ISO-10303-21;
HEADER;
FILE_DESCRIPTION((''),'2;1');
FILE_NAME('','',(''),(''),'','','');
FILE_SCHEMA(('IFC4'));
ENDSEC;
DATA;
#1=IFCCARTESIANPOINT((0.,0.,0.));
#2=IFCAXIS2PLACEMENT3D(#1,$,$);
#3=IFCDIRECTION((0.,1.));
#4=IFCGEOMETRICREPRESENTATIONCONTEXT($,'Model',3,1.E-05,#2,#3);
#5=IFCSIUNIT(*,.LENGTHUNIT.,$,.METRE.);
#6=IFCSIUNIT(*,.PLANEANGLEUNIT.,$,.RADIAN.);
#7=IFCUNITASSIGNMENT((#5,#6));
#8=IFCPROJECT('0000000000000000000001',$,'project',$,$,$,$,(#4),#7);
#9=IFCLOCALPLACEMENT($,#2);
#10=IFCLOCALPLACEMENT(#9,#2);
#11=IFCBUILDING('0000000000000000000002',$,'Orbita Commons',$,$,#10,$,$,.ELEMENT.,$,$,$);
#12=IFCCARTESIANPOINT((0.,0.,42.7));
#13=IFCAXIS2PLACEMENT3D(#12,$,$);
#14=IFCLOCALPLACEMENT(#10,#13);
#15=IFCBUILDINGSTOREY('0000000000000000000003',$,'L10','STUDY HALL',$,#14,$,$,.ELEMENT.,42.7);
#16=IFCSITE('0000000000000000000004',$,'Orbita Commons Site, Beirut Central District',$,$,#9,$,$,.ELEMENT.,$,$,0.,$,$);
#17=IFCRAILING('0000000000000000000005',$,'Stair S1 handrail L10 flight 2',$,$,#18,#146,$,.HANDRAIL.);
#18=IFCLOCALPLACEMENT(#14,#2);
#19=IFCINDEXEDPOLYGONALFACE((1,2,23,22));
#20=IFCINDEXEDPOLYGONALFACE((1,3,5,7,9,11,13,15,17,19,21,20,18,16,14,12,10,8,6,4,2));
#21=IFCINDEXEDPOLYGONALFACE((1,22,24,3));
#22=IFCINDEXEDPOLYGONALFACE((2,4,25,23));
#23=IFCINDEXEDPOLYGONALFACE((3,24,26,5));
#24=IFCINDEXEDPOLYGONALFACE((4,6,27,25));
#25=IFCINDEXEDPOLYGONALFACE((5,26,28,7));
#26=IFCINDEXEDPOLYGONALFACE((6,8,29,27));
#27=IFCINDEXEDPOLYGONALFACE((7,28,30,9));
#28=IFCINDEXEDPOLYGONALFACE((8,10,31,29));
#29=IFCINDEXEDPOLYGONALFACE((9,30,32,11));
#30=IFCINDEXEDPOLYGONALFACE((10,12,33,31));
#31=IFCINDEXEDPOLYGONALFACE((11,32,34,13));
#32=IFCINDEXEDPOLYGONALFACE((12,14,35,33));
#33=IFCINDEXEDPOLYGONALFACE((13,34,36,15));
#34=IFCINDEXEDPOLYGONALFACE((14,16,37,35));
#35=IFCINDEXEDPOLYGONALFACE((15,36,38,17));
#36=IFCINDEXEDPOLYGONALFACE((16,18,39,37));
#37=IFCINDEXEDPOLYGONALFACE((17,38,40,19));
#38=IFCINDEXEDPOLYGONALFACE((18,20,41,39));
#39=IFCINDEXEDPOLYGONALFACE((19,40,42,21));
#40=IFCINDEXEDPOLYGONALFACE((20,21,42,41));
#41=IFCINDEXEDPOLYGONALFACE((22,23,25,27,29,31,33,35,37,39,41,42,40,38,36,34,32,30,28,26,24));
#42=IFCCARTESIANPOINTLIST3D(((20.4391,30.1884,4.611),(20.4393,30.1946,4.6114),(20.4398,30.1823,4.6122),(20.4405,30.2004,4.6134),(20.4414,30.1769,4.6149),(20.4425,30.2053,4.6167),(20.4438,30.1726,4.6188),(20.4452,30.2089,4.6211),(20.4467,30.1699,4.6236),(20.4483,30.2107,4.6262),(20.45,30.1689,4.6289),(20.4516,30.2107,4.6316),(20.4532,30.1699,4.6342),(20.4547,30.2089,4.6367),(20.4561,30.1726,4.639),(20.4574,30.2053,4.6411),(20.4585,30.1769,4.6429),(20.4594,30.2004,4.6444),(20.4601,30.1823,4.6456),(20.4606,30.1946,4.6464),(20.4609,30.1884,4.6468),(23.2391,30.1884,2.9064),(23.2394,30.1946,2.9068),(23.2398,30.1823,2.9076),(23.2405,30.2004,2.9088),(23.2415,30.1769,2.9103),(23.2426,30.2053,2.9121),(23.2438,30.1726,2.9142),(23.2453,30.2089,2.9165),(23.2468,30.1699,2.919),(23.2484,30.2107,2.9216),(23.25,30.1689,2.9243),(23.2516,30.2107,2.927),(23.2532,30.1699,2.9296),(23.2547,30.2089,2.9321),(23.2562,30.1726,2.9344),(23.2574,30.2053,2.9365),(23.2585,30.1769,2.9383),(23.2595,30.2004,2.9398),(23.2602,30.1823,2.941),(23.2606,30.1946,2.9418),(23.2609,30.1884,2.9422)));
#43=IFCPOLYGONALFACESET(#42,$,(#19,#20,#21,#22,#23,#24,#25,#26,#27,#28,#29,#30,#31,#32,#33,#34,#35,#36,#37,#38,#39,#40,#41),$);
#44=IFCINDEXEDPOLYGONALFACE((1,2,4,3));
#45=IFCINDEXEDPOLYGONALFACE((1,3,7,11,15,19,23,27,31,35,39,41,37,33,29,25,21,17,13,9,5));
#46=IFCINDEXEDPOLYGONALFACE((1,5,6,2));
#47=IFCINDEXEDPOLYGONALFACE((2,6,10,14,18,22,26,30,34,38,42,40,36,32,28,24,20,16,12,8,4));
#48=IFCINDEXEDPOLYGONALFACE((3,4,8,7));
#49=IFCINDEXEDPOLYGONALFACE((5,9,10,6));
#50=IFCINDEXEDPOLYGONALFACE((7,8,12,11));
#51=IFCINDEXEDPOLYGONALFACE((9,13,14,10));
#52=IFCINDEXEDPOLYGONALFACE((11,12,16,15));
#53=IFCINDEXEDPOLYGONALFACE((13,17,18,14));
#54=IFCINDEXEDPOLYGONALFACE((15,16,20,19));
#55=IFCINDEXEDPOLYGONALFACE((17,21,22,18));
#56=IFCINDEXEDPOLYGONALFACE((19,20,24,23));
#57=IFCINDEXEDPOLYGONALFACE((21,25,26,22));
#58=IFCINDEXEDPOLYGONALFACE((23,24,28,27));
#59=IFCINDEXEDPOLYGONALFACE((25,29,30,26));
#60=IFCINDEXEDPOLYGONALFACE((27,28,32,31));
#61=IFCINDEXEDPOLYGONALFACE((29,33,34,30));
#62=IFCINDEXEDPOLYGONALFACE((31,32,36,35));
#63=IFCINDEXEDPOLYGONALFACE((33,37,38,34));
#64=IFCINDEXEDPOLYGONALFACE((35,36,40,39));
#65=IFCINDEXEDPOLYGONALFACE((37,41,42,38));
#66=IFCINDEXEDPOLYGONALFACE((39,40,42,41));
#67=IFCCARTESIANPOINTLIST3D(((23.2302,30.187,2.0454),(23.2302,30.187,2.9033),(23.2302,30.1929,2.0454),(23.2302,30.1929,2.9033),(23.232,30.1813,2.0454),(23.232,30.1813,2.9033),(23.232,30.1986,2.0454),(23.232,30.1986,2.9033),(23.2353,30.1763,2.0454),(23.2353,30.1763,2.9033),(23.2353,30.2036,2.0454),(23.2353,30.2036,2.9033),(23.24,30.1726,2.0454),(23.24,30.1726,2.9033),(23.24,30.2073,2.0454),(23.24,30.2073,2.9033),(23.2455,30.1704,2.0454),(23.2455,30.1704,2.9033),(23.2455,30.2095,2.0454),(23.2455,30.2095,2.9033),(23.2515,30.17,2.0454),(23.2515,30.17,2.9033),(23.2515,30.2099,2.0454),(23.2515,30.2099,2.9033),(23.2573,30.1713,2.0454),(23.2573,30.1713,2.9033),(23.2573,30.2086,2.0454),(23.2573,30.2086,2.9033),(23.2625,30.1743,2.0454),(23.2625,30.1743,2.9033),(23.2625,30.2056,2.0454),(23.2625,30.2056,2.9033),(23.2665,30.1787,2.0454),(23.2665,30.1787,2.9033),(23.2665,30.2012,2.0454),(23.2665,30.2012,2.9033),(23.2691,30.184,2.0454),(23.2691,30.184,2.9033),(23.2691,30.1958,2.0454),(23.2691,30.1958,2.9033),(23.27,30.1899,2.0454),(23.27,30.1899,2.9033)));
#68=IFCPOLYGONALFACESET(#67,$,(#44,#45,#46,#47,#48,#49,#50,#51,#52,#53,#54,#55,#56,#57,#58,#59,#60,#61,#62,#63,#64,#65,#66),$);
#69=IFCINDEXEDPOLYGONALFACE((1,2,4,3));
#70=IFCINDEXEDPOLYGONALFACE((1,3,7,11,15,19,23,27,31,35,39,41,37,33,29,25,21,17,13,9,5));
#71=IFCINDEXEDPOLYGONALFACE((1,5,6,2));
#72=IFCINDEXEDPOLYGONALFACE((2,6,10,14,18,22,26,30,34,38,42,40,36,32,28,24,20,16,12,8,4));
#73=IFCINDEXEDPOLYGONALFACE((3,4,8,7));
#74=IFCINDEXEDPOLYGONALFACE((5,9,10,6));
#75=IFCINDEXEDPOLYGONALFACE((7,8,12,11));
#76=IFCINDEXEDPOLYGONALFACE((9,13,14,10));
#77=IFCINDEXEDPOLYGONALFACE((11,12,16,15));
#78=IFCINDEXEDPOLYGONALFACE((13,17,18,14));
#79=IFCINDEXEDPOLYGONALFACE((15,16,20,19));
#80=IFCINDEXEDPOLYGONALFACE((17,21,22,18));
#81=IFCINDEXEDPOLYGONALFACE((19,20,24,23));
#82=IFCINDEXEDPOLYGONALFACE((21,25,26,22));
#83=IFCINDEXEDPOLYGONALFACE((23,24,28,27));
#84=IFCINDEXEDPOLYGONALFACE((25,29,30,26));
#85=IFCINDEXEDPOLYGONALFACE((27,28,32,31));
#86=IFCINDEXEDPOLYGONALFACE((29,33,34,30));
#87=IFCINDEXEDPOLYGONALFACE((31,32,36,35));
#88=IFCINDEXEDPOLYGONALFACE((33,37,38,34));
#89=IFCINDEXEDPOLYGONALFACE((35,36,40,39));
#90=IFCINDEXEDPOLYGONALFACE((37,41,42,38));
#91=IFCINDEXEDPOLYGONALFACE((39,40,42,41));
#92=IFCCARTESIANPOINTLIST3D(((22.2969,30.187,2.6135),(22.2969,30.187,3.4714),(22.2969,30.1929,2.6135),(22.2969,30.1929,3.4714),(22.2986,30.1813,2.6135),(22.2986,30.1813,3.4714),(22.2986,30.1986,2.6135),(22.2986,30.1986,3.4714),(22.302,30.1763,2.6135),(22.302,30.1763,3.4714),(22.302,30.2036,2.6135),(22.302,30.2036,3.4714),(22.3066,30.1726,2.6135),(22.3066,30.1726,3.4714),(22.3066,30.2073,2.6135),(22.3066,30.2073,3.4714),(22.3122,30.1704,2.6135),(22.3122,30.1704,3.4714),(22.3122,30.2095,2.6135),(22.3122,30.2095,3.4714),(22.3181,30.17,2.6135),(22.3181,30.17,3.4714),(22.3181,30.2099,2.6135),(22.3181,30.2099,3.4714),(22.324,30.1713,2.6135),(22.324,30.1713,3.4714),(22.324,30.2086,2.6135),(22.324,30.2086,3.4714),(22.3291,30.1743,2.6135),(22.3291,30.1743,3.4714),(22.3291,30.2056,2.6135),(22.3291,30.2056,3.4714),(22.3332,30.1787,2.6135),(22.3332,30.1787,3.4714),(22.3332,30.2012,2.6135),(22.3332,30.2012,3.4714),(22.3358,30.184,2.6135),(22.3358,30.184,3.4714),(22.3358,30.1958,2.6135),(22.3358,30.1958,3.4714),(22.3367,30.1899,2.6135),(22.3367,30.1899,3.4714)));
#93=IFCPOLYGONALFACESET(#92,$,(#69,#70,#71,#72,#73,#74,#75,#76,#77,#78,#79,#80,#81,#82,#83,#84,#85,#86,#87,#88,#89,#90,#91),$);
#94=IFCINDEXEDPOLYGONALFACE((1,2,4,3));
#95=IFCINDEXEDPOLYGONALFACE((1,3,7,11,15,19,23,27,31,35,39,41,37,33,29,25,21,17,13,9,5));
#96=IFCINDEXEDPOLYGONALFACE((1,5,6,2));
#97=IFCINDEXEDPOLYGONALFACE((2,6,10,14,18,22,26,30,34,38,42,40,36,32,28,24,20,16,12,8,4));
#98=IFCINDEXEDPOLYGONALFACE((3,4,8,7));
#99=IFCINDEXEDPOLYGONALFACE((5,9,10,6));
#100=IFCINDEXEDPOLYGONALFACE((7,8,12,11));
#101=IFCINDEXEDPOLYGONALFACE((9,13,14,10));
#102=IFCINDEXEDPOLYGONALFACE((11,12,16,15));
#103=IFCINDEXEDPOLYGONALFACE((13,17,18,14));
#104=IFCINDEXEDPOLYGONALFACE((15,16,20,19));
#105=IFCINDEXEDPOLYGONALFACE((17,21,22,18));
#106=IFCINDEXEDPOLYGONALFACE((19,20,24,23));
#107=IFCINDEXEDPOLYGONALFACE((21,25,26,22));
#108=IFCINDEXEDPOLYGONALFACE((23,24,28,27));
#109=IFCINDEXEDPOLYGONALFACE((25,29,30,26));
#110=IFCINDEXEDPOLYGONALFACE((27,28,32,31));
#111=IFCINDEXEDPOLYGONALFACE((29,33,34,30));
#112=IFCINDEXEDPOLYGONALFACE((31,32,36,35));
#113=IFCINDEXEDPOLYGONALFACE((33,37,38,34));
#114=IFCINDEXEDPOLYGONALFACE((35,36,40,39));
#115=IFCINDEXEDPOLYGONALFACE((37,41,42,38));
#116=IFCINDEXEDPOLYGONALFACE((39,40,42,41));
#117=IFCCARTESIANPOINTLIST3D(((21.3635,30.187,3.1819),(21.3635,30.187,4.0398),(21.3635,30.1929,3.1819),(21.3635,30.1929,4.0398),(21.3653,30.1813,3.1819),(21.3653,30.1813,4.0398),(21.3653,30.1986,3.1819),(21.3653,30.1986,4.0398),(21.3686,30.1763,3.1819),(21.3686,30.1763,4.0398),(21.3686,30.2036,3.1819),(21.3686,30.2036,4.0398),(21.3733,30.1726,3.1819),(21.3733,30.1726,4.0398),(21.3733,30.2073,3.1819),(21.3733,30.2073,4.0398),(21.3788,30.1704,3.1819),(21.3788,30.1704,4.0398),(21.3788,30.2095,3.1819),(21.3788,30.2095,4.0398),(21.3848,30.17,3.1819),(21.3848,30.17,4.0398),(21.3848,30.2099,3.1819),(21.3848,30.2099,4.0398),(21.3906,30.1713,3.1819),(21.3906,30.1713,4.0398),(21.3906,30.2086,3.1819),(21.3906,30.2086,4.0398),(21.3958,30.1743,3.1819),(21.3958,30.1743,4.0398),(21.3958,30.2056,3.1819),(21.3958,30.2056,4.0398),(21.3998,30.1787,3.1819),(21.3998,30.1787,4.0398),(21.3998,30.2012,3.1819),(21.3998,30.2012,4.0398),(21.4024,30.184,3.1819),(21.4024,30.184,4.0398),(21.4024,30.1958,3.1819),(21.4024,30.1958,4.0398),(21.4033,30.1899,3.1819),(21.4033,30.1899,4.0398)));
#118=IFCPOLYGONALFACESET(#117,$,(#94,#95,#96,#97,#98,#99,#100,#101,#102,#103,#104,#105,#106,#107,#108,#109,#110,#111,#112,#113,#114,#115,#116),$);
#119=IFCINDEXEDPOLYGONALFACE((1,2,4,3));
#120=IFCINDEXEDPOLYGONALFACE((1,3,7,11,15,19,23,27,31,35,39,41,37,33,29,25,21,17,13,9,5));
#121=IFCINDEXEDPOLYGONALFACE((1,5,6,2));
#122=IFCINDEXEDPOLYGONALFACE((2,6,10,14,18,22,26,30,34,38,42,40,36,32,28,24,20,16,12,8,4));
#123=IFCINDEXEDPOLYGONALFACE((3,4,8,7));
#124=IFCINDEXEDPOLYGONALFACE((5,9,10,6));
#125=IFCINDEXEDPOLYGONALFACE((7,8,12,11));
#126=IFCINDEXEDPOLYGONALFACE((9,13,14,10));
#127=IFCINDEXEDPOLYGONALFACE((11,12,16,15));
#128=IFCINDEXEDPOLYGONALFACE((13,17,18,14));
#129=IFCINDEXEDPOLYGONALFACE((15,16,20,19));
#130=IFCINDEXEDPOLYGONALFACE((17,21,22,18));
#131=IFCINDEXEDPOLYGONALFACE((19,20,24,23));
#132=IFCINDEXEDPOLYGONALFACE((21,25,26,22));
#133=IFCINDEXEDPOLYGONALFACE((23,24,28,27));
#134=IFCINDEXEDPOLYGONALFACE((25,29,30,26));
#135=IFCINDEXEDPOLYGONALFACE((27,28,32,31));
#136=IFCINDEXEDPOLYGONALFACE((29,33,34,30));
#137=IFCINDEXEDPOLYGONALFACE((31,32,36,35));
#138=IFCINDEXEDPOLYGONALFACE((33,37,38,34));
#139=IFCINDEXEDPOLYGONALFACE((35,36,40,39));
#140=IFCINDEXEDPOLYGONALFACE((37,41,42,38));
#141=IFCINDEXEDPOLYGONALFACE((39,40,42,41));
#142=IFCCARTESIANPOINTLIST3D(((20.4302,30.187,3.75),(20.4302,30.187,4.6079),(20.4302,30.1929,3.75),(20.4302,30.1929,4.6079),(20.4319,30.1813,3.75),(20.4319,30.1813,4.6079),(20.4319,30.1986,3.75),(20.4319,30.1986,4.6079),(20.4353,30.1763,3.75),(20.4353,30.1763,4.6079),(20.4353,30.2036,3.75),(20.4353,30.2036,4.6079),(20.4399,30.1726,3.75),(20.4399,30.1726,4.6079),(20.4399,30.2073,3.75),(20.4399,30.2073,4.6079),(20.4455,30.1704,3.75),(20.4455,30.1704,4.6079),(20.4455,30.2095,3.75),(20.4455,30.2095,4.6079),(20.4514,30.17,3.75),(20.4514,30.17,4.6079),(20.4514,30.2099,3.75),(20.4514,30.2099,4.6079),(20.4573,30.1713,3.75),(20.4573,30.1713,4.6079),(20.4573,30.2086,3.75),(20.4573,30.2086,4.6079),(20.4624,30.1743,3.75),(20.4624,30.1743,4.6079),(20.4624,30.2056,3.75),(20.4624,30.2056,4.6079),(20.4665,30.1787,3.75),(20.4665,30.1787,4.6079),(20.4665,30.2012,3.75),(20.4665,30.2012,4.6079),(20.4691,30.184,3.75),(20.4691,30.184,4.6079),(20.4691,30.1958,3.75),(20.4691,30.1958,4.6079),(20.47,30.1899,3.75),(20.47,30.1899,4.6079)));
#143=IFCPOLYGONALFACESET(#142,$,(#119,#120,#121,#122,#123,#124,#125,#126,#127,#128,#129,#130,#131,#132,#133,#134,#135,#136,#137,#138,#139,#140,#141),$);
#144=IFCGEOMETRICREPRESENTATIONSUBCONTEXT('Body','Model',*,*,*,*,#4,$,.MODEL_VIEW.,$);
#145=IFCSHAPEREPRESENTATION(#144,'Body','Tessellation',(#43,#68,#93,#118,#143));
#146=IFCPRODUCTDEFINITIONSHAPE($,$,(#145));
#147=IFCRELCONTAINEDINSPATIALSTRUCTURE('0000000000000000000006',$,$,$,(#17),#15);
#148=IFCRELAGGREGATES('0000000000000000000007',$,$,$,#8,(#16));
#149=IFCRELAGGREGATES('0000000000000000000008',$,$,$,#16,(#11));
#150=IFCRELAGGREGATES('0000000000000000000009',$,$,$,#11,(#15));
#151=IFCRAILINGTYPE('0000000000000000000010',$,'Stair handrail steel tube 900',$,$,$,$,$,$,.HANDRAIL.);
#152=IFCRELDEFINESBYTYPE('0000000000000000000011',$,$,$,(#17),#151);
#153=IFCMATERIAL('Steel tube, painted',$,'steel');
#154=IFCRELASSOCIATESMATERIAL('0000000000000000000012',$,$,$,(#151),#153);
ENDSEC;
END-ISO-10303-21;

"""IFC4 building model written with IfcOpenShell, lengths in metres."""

from ifc_helpers import new_model, si_unit, direction, frame, origin, origin_2d, place, context, subcontext, project, spatial, circle, extrude, material, type_object, element, save


model = new_model("IFC4")

# Units and contexts
model_context = context("Model", 3, precision=1e-05, world=origin(), true_north=direction((0.0, 1.0)))
body_context = subcontext(model_context, "Body", "Model", "MODEL_VIEW")
ifc_project = project(units=[si_unit("LENGTHUNIT", "METRE"), si_unit("PLANEANGLEUNIT", "RADIAN")], contexts=[model_context])

# Site, building, storey
site_placement = place(None, origin())
site = spatial("IfcSite", under=ifc_project, at=site_placement, Name="Orbita Commons Site, Beirut Central District", CompositionType="ELEMENT", RefElevation=0.0)
building_placement = place(site_placement, origin())
building = spatial("IfcBuilding", under=site, at=building_placement, Name="Orbita Commons", CompositionType="ELEMENT")
storey_placement = place(building_placement, frame((0.0, 0.0, 42.7)))
storey = spatial("IfcBuildingStorey", under=building, at=storey_placement, Name="L10", Description="STUDY HALL", CompositionType="ELEMENT", Elevation=42.7)

# Railing
ifc_material_1 = material(Name="Steel tube, painted", Category="steel")
railing_type = type_object("IfcRailingType", Name="Stair handrail steel tube 900", PredefinedType="HANDRAIL", material=ifc_material_1)
for number, where, name in (
    (1, (23.25, 30.1899, 2.0454), "Stair S1 handrail L10 flight 2"),
):
    element("IfcRailing", number, at=place(storey_placement, frame(where)), inside=storey, type_object=railing_type, Name=name, PredefinedType="HANDRAIL", context=body_context, shape_type="SweptSolid", body=[
        extrude(circle(Radius=0.021, at=origin_2d()), frame((0.0, 0.0, 0.8789), z_axis=(-0.85417, 0.0, 0.519994), x_axis=(0.0, -1.0, 0.0)), (0.0, 0.0, 1.0), 3.2781),
        extrude(circle(Radius=0.02, at=origin_2d()), origin(), (0.0, 0.0, 1.0), 0.8579),
        extrude(circle(Radius=0.02, at=origin_2d()), frame((-0.9333, 0.0, 0.5681)), (0.0, 0.0, 1.0), 0.8579),
        extrude(circle(Radius=0.02, at=origin_2d()), frame((-1.8667, 0.0, 1.1365)), (0.0, 0.0, 1.0), 0.8579),
        extrude(circle(Radius=0.02, at=origin_2d()), frame((-2.8, 0.0, 1.7046)), (0.0, 0.0, 1.0), 0.8579),
    ])

save(model, "model.ifc")
